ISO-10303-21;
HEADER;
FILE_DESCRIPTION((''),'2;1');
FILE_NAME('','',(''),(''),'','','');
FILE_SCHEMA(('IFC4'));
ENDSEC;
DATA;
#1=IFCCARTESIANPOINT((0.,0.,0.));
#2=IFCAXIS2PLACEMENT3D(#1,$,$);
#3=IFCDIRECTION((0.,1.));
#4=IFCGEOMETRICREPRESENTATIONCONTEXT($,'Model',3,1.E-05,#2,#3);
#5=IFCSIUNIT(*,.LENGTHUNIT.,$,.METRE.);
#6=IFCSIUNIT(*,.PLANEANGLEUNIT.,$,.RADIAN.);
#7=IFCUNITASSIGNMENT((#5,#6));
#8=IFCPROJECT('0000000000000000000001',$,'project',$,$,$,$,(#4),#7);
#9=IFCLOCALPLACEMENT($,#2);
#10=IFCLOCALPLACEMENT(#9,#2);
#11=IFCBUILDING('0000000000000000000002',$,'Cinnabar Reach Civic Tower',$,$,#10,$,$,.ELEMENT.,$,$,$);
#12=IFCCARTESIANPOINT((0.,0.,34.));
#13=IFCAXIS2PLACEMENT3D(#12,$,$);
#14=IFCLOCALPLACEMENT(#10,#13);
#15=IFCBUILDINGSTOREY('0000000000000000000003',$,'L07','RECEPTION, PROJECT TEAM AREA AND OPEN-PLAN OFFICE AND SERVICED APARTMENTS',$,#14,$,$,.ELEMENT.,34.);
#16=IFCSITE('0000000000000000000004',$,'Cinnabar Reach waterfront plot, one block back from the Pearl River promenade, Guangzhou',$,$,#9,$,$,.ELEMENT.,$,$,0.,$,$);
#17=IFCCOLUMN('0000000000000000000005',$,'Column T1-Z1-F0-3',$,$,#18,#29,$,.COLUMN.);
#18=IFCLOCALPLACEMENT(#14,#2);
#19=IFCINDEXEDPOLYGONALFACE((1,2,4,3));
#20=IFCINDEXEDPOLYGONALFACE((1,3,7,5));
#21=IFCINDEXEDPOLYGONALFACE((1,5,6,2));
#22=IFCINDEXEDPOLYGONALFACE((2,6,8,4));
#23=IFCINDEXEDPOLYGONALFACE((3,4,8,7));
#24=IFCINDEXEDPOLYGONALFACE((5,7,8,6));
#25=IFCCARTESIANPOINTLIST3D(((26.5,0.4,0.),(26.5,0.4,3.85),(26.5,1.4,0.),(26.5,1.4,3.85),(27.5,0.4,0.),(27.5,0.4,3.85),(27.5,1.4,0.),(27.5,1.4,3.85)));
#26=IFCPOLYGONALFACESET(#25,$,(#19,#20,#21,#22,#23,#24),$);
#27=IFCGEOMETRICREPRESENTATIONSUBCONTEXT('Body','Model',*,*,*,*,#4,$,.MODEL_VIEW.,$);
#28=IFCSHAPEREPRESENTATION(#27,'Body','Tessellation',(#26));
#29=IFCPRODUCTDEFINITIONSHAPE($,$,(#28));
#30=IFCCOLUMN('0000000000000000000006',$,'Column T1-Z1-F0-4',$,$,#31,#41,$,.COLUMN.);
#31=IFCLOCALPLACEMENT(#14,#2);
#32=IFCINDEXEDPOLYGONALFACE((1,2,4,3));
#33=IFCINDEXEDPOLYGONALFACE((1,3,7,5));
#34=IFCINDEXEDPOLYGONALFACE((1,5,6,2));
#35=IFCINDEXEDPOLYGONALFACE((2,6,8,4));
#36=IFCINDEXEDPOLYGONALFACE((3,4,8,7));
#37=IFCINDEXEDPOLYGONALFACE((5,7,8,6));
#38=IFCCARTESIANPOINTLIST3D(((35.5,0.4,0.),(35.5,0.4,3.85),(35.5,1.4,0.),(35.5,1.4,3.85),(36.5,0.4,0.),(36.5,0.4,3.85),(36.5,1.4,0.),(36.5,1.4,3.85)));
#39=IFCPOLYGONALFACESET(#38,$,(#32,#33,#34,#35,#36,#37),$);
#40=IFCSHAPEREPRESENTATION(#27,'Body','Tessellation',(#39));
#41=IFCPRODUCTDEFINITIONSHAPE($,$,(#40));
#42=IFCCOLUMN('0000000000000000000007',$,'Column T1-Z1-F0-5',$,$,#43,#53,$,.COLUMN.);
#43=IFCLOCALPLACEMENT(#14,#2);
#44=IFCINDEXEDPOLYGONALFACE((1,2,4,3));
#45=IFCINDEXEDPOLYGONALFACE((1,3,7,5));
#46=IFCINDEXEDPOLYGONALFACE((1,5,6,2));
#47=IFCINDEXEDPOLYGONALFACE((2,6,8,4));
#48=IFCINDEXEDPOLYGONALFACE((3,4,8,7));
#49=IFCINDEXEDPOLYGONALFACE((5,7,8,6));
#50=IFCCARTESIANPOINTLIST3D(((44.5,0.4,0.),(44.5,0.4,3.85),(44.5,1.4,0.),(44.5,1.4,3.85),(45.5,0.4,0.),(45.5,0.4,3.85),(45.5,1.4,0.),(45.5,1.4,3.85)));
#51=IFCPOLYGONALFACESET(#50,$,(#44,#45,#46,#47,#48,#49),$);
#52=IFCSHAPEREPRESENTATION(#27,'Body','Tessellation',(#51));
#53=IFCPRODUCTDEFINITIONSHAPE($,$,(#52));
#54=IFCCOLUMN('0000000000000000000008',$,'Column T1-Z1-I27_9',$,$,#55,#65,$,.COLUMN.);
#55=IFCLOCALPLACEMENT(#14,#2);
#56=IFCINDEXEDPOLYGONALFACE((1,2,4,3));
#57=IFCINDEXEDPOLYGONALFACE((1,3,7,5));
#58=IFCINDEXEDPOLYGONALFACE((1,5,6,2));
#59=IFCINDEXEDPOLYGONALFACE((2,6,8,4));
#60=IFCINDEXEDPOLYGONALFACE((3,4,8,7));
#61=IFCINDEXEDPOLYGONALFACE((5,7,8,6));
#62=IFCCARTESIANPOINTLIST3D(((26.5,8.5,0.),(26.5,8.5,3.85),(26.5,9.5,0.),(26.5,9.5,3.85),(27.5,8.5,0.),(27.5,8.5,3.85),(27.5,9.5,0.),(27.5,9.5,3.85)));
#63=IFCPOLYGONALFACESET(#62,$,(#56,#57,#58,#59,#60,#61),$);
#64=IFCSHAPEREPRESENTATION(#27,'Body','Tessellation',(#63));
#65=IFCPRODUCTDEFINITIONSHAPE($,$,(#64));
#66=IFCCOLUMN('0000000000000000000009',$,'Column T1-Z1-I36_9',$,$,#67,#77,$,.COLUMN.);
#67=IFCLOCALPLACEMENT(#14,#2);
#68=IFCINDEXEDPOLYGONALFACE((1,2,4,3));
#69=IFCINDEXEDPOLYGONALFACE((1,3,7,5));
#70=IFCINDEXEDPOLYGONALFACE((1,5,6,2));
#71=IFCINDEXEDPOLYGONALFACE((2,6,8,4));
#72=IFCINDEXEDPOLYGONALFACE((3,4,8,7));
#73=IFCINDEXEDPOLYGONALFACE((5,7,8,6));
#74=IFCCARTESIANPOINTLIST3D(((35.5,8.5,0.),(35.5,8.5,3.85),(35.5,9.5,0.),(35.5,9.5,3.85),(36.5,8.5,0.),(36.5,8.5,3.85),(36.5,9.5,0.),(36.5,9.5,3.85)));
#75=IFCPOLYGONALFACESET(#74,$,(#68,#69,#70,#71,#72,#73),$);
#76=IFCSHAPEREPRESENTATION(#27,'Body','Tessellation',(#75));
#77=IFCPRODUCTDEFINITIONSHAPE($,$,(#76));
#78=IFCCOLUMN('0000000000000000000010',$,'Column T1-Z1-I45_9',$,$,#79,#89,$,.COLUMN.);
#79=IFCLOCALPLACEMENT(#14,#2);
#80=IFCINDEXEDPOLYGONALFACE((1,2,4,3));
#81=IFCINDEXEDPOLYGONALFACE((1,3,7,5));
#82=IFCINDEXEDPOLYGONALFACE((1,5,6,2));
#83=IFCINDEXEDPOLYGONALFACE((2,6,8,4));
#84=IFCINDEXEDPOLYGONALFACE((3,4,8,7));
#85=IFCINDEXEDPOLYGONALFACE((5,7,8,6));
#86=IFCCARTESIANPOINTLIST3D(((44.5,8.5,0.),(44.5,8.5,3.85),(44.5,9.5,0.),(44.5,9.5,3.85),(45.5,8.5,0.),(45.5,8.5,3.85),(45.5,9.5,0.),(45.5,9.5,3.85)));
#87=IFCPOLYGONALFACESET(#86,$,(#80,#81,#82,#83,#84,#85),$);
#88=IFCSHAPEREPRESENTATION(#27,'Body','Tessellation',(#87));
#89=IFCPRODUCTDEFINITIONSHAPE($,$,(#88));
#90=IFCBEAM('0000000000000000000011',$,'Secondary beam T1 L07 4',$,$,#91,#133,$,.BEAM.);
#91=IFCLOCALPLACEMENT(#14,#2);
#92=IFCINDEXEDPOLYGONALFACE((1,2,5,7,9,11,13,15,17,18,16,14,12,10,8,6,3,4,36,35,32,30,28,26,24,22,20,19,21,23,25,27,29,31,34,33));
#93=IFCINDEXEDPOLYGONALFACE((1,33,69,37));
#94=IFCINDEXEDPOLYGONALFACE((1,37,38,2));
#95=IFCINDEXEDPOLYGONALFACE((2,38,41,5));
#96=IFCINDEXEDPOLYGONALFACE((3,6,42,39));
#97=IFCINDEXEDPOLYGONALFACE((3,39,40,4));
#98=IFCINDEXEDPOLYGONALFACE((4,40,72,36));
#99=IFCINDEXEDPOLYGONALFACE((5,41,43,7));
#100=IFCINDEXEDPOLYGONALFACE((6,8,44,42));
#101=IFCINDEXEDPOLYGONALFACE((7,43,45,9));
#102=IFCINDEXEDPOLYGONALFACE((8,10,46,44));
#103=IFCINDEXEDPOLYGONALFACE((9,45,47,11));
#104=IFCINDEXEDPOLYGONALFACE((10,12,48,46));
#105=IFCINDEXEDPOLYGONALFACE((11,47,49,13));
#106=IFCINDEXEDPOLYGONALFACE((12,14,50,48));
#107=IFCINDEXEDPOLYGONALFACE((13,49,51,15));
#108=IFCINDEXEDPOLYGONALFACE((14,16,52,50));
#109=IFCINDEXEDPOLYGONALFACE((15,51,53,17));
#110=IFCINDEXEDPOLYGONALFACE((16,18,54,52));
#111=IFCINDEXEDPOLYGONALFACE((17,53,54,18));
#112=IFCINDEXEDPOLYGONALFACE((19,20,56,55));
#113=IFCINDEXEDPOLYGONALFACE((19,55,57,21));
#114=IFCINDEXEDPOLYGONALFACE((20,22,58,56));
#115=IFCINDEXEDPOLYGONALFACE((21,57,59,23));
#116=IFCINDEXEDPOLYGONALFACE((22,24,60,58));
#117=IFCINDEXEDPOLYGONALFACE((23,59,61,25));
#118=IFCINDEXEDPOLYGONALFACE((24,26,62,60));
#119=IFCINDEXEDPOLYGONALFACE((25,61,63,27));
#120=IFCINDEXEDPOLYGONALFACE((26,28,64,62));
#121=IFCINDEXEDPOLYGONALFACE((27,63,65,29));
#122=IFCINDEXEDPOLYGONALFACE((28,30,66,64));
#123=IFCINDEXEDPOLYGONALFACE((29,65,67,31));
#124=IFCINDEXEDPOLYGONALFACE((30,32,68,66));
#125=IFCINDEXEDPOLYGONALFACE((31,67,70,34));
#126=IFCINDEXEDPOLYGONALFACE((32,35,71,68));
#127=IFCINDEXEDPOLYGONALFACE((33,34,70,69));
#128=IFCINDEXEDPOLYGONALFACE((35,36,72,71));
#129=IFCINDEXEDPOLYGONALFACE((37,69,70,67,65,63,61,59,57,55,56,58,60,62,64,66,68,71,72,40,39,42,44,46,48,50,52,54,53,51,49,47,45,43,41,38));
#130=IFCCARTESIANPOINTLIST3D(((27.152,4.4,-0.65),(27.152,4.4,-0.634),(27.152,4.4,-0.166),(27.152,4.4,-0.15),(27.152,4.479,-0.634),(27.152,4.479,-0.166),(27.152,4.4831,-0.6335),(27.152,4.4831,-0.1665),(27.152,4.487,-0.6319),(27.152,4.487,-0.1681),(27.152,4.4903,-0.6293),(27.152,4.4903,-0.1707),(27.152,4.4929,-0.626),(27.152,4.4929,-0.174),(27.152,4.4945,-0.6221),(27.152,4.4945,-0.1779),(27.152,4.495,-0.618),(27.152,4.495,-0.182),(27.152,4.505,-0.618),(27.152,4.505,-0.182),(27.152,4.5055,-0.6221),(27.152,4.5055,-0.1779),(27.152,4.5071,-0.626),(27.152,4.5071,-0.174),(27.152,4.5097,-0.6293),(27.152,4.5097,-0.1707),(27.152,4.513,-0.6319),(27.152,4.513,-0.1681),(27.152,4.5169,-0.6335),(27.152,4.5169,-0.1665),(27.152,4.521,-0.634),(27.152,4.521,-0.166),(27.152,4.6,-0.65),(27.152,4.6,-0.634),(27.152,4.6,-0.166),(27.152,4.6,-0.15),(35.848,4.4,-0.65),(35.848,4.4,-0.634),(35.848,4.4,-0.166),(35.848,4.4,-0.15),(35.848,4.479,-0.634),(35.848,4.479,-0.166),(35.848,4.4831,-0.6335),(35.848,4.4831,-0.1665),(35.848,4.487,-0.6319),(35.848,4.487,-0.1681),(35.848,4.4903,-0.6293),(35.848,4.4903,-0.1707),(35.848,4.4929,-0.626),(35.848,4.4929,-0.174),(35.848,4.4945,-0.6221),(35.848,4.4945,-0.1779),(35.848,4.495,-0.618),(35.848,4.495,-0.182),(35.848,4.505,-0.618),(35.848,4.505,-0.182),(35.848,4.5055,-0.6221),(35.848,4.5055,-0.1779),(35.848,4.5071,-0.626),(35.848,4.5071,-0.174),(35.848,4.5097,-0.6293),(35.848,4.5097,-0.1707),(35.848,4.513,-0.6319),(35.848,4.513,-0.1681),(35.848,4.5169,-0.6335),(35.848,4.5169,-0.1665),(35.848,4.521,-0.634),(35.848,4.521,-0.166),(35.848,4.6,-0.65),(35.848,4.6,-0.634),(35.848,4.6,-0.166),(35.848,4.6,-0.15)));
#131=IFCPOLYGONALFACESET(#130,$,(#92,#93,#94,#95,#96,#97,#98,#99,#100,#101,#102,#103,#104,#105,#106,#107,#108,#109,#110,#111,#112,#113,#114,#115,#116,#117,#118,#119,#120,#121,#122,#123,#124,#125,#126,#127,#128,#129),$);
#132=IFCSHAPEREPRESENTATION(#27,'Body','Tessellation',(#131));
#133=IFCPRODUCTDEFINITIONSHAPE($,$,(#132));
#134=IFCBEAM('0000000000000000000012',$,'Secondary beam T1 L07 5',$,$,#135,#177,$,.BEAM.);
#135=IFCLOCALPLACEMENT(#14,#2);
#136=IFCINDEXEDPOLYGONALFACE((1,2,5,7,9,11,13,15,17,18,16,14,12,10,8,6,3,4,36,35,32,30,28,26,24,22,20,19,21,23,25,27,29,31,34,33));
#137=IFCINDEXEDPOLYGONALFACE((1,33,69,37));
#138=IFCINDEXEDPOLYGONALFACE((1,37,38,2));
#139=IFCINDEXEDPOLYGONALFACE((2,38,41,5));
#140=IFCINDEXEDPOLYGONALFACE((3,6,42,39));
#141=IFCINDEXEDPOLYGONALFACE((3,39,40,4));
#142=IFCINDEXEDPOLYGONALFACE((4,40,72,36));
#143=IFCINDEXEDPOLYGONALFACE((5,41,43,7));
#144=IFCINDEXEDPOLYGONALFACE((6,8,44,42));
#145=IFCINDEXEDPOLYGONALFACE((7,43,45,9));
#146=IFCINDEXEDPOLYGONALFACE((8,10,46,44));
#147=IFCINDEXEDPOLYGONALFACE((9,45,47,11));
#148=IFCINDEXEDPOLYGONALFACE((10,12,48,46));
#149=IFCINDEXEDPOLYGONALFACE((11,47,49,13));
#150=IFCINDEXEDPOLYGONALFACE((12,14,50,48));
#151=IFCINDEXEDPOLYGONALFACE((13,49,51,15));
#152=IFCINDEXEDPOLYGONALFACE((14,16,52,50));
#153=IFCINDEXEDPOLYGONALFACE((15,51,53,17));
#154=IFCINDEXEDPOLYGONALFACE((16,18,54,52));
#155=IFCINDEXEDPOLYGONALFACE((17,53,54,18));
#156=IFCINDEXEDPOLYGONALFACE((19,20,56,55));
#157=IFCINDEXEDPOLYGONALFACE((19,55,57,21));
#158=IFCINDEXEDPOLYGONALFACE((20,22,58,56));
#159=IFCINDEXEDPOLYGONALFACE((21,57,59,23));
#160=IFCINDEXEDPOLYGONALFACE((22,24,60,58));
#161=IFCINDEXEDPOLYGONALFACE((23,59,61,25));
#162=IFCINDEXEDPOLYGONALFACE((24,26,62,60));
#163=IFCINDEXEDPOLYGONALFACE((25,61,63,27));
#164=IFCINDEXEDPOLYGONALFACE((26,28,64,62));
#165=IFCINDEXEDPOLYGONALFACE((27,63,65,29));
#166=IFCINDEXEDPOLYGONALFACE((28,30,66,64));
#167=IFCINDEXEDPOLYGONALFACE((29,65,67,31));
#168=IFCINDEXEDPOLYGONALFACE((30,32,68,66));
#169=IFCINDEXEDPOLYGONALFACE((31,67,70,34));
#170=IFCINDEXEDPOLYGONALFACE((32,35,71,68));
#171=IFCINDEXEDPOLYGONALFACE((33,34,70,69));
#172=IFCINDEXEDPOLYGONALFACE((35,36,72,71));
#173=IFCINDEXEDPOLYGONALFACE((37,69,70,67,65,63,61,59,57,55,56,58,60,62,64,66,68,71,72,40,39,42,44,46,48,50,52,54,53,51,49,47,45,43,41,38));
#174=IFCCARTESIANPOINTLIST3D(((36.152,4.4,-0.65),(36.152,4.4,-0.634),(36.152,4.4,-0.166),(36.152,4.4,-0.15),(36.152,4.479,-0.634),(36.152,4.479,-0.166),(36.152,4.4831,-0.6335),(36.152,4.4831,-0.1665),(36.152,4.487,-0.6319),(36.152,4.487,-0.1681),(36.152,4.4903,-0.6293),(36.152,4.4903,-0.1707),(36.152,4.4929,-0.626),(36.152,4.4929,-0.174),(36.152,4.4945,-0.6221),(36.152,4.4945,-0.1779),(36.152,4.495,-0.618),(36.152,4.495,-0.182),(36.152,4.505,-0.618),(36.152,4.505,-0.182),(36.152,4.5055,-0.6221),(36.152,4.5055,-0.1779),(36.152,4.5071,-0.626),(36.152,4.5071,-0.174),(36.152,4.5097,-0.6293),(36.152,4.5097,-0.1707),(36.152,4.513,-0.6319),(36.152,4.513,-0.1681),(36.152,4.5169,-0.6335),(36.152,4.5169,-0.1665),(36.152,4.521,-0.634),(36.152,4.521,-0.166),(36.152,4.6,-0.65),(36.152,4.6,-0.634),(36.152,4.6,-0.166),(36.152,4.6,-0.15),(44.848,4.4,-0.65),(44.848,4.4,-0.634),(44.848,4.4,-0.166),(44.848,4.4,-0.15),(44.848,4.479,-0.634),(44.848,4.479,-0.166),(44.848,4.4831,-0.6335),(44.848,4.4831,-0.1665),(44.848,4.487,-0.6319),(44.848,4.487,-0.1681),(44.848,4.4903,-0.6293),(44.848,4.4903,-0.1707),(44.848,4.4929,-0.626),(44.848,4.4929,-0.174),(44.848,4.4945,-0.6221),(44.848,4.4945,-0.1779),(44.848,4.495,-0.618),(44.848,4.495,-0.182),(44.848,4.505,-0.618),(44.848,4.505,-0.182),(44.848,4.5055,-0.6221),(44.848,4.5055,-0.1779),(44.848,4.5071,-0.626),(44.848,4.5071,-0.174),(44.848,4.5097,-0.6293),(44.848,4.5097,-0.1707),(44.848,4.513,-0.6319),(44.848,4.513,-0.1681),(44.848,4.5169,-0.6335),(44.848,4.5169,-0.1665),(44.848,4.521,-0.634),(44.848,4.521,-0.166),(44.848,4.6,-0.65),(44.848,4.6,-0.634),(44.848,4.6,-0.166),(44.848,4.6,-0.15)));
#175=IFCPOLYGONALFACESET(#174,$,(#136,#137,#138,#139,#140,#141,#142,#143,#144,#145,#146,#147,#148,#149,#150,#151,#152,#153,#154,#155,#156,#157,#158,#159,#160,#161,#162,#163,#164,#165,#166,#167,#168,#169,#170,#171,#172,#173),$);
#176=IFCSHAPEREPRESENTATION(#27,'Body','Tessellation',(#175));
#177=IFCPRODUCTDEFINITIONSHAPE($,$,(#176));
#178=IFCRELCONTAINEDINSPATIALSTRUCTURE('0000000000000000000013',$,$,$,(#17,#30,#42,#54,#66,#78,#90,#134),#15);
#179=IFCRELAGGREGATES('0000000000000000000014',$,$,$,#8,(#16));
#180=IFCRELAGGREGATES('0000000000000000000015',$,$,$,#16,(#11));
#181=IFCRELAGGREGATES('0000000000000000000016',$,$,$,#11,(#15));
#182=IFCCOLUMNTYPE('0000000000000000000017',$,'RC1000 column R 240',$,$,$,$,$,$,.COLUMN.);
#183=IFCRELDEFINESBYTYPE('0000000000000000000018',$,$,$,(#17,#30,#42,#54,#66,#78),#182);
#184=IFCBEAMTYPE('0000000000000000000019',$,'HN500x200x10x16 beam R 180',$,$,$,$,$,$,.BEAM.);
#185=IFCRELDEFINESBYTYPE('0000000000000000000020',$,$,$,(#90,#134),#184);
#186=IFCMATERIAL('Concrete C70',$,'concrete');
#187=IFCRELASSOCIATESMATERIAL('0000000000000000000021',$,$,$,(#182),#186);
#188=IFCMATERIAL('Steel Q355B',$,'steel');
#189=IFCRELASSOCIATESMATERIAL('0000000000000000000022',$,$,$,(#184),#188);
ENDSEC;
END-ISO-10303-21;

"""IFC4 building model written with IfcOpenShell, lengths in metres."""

from ifc_helpers import new_model, si_unit, direction, frame, origin, origin_2d, place, context, subcontext, project, spatial, rectangle, i_section, extrude, material, material_profile, profile_set, type_object, element, save


model = new_model("IFC4")

# Units and contexts
model_context = context("Model", 3, precision=1e-05, world=origin(), true_north=direction((0.0, 1.0)))
body_context = subcontext(model_context, "Body", "Model", "MODEL_VIEW")
ifc_project = project(units=[si_unit("LENGTHUNIT", "METRE"), si_unit("PLANEANGLEUNIT", "RADIAN")], contexts=[model_context])

# Site, building, storey
site_placement = place(None, origin())
site = spatial("IfcSite", under=ifc_project, at=site_placement, Name="Cinnabar Reach waterfront plot, one block back from the Pearl River promenade, Guangzhou", CompositionType="ELEMENT", RefElevation=0.0)
building_placement = place(site_placement, origin())
building = spatial("IfcBuilding", under=site, at=building_placement, Name="Cinnabar Reach Civic Tower", CompositionType="ELEMENT")
storey_placement = place(building_placement, frame((0.0, 0.0, 34.0)))
storey = spatial("IfcBuildingStorey", under=building, at=storey_placement, Name="L07", Description="RECEPTION, PROJECT TEAM AREA AND OPEN-PLAN OFFICE AND SERVICED APARTMENTS", CompositionType="ELEMENT", Elevation=34.0)

# Columns
ifc_material_1 = material(Name="Concrete C70", Category="concrete")
ifc_material_profile_1 = material_profile(ifc_material_1, rectangle(XDim=1.0, YDim=1.0, at=origin_2d()), Name="RC1000")
ifc_profile_set_1 = profile_set([ifc_material_profile_1], Name="Concrete C70")
column_type = type_object("IfcColumnType", Name="RC1000 column R 240", PredefinedType="COLUMN", material=ifc_profile_set_1)
for number, where, z_axis, x_axis, name in (
    (1, (27.0, 0.9, 0.0), (0.0, 0.0, 1.0), (1.0, 0.0, 0.0), "Column T1-Z1-F0-3"),
    (2, (36.0, 0.9, 0.0), (0.0, 0.0, 1.0), (1.0, 0.0, 0.0), "Column T1-Z1-F0-4"),
    (3, (45.0, 0.9, 0.0), (0.0, 0.0, 1.0), (1.0, 0.0, 0.0), "Column T1-Z1-F0-5"),
    (4, (27.0, 9.0, 0.0), (0.0, 0.0, 1.0), (1.0, 0.0, 0.0), "Column T1-Z1-I27_9"),
    (5, (36.0, 9.0, 0.0), (0.0, 0.0, 1.0), (1.0, 0.0, 0.0), "Column T1-Z1-I36_9"),
    (6, (45.0, 9.0, 0.0), (0.0, 0.0, 1.0), (1.0, 0.0, 0.0), "Column T1-Z1-I45_9"),
):
    element("IfcColumn", number, at=place(storey_placement, frame(where, z_axis=z_axis, x_axis=x_axis)), inside=storey, type_object=column_type, Name=name, PredefinedType="COLUMN", context=body_context, shape_type="SweptSolid", body=[
        extrude(rectangle(XDim=1.0, YDim=1.0, at=origin_2d()), origin(), (0.0, 0.0, 1.0), 3.85),
    ])

# Beams
ifc_material_2 = material(Name="Steel Q355B", Category="steel")
ifc_material_profile_2 = material_profile(ifc_material_2, i_section(OverallWidth=0.2, OverallDepth=0.5, WebThickness=0.01, FlangeThickness=0.016, FilletRadius=0.016, at=origin_2d()), Name="HN500x200x10x16")
ifc_profile_set_2 = profile_set([ifc_material_profile_2], Name="Steel Q355B")
beam_type_1 = type_object("IfcBeamType", Name="HN500x200x10x16 beam R 180", PredefinedType="BEAM", material=ifc_profile_set_2)
for number, where, z_axis, x_axis, name in (
    (7, (27.152, 4.5, -0.4), (1.0, 0.0, 0.0), (0.0, 1.0, 0.0), "Secondary beam T1 L07 4"),
    (8, (36.152, 4.5, -0.4), (1.0, 0.0, 0.0), (0.0, 1.0, 0.0), "Secondary beam T1 L07 5"),
):
    element("IfcBeam", number, at=place(storey_placement, frame(where, z_axis=z_axis, x_axis=x_axis)), inside=storey, type_object=beam_type_1, Name=name, PredefinedType="BEAM", context=body_context, shape_type="SweptSolid", body=[
        extrude(i_section(OverallWidth=0.2, OverallDepth=0.5, WebThickness=0.01, FlangeThickness=0.016, FilletRadius=0.016, at=origin_2d()), origin(), (0.0, 0.0, 1.0), 8.696),
    ])

save(model, "model.ifc")
